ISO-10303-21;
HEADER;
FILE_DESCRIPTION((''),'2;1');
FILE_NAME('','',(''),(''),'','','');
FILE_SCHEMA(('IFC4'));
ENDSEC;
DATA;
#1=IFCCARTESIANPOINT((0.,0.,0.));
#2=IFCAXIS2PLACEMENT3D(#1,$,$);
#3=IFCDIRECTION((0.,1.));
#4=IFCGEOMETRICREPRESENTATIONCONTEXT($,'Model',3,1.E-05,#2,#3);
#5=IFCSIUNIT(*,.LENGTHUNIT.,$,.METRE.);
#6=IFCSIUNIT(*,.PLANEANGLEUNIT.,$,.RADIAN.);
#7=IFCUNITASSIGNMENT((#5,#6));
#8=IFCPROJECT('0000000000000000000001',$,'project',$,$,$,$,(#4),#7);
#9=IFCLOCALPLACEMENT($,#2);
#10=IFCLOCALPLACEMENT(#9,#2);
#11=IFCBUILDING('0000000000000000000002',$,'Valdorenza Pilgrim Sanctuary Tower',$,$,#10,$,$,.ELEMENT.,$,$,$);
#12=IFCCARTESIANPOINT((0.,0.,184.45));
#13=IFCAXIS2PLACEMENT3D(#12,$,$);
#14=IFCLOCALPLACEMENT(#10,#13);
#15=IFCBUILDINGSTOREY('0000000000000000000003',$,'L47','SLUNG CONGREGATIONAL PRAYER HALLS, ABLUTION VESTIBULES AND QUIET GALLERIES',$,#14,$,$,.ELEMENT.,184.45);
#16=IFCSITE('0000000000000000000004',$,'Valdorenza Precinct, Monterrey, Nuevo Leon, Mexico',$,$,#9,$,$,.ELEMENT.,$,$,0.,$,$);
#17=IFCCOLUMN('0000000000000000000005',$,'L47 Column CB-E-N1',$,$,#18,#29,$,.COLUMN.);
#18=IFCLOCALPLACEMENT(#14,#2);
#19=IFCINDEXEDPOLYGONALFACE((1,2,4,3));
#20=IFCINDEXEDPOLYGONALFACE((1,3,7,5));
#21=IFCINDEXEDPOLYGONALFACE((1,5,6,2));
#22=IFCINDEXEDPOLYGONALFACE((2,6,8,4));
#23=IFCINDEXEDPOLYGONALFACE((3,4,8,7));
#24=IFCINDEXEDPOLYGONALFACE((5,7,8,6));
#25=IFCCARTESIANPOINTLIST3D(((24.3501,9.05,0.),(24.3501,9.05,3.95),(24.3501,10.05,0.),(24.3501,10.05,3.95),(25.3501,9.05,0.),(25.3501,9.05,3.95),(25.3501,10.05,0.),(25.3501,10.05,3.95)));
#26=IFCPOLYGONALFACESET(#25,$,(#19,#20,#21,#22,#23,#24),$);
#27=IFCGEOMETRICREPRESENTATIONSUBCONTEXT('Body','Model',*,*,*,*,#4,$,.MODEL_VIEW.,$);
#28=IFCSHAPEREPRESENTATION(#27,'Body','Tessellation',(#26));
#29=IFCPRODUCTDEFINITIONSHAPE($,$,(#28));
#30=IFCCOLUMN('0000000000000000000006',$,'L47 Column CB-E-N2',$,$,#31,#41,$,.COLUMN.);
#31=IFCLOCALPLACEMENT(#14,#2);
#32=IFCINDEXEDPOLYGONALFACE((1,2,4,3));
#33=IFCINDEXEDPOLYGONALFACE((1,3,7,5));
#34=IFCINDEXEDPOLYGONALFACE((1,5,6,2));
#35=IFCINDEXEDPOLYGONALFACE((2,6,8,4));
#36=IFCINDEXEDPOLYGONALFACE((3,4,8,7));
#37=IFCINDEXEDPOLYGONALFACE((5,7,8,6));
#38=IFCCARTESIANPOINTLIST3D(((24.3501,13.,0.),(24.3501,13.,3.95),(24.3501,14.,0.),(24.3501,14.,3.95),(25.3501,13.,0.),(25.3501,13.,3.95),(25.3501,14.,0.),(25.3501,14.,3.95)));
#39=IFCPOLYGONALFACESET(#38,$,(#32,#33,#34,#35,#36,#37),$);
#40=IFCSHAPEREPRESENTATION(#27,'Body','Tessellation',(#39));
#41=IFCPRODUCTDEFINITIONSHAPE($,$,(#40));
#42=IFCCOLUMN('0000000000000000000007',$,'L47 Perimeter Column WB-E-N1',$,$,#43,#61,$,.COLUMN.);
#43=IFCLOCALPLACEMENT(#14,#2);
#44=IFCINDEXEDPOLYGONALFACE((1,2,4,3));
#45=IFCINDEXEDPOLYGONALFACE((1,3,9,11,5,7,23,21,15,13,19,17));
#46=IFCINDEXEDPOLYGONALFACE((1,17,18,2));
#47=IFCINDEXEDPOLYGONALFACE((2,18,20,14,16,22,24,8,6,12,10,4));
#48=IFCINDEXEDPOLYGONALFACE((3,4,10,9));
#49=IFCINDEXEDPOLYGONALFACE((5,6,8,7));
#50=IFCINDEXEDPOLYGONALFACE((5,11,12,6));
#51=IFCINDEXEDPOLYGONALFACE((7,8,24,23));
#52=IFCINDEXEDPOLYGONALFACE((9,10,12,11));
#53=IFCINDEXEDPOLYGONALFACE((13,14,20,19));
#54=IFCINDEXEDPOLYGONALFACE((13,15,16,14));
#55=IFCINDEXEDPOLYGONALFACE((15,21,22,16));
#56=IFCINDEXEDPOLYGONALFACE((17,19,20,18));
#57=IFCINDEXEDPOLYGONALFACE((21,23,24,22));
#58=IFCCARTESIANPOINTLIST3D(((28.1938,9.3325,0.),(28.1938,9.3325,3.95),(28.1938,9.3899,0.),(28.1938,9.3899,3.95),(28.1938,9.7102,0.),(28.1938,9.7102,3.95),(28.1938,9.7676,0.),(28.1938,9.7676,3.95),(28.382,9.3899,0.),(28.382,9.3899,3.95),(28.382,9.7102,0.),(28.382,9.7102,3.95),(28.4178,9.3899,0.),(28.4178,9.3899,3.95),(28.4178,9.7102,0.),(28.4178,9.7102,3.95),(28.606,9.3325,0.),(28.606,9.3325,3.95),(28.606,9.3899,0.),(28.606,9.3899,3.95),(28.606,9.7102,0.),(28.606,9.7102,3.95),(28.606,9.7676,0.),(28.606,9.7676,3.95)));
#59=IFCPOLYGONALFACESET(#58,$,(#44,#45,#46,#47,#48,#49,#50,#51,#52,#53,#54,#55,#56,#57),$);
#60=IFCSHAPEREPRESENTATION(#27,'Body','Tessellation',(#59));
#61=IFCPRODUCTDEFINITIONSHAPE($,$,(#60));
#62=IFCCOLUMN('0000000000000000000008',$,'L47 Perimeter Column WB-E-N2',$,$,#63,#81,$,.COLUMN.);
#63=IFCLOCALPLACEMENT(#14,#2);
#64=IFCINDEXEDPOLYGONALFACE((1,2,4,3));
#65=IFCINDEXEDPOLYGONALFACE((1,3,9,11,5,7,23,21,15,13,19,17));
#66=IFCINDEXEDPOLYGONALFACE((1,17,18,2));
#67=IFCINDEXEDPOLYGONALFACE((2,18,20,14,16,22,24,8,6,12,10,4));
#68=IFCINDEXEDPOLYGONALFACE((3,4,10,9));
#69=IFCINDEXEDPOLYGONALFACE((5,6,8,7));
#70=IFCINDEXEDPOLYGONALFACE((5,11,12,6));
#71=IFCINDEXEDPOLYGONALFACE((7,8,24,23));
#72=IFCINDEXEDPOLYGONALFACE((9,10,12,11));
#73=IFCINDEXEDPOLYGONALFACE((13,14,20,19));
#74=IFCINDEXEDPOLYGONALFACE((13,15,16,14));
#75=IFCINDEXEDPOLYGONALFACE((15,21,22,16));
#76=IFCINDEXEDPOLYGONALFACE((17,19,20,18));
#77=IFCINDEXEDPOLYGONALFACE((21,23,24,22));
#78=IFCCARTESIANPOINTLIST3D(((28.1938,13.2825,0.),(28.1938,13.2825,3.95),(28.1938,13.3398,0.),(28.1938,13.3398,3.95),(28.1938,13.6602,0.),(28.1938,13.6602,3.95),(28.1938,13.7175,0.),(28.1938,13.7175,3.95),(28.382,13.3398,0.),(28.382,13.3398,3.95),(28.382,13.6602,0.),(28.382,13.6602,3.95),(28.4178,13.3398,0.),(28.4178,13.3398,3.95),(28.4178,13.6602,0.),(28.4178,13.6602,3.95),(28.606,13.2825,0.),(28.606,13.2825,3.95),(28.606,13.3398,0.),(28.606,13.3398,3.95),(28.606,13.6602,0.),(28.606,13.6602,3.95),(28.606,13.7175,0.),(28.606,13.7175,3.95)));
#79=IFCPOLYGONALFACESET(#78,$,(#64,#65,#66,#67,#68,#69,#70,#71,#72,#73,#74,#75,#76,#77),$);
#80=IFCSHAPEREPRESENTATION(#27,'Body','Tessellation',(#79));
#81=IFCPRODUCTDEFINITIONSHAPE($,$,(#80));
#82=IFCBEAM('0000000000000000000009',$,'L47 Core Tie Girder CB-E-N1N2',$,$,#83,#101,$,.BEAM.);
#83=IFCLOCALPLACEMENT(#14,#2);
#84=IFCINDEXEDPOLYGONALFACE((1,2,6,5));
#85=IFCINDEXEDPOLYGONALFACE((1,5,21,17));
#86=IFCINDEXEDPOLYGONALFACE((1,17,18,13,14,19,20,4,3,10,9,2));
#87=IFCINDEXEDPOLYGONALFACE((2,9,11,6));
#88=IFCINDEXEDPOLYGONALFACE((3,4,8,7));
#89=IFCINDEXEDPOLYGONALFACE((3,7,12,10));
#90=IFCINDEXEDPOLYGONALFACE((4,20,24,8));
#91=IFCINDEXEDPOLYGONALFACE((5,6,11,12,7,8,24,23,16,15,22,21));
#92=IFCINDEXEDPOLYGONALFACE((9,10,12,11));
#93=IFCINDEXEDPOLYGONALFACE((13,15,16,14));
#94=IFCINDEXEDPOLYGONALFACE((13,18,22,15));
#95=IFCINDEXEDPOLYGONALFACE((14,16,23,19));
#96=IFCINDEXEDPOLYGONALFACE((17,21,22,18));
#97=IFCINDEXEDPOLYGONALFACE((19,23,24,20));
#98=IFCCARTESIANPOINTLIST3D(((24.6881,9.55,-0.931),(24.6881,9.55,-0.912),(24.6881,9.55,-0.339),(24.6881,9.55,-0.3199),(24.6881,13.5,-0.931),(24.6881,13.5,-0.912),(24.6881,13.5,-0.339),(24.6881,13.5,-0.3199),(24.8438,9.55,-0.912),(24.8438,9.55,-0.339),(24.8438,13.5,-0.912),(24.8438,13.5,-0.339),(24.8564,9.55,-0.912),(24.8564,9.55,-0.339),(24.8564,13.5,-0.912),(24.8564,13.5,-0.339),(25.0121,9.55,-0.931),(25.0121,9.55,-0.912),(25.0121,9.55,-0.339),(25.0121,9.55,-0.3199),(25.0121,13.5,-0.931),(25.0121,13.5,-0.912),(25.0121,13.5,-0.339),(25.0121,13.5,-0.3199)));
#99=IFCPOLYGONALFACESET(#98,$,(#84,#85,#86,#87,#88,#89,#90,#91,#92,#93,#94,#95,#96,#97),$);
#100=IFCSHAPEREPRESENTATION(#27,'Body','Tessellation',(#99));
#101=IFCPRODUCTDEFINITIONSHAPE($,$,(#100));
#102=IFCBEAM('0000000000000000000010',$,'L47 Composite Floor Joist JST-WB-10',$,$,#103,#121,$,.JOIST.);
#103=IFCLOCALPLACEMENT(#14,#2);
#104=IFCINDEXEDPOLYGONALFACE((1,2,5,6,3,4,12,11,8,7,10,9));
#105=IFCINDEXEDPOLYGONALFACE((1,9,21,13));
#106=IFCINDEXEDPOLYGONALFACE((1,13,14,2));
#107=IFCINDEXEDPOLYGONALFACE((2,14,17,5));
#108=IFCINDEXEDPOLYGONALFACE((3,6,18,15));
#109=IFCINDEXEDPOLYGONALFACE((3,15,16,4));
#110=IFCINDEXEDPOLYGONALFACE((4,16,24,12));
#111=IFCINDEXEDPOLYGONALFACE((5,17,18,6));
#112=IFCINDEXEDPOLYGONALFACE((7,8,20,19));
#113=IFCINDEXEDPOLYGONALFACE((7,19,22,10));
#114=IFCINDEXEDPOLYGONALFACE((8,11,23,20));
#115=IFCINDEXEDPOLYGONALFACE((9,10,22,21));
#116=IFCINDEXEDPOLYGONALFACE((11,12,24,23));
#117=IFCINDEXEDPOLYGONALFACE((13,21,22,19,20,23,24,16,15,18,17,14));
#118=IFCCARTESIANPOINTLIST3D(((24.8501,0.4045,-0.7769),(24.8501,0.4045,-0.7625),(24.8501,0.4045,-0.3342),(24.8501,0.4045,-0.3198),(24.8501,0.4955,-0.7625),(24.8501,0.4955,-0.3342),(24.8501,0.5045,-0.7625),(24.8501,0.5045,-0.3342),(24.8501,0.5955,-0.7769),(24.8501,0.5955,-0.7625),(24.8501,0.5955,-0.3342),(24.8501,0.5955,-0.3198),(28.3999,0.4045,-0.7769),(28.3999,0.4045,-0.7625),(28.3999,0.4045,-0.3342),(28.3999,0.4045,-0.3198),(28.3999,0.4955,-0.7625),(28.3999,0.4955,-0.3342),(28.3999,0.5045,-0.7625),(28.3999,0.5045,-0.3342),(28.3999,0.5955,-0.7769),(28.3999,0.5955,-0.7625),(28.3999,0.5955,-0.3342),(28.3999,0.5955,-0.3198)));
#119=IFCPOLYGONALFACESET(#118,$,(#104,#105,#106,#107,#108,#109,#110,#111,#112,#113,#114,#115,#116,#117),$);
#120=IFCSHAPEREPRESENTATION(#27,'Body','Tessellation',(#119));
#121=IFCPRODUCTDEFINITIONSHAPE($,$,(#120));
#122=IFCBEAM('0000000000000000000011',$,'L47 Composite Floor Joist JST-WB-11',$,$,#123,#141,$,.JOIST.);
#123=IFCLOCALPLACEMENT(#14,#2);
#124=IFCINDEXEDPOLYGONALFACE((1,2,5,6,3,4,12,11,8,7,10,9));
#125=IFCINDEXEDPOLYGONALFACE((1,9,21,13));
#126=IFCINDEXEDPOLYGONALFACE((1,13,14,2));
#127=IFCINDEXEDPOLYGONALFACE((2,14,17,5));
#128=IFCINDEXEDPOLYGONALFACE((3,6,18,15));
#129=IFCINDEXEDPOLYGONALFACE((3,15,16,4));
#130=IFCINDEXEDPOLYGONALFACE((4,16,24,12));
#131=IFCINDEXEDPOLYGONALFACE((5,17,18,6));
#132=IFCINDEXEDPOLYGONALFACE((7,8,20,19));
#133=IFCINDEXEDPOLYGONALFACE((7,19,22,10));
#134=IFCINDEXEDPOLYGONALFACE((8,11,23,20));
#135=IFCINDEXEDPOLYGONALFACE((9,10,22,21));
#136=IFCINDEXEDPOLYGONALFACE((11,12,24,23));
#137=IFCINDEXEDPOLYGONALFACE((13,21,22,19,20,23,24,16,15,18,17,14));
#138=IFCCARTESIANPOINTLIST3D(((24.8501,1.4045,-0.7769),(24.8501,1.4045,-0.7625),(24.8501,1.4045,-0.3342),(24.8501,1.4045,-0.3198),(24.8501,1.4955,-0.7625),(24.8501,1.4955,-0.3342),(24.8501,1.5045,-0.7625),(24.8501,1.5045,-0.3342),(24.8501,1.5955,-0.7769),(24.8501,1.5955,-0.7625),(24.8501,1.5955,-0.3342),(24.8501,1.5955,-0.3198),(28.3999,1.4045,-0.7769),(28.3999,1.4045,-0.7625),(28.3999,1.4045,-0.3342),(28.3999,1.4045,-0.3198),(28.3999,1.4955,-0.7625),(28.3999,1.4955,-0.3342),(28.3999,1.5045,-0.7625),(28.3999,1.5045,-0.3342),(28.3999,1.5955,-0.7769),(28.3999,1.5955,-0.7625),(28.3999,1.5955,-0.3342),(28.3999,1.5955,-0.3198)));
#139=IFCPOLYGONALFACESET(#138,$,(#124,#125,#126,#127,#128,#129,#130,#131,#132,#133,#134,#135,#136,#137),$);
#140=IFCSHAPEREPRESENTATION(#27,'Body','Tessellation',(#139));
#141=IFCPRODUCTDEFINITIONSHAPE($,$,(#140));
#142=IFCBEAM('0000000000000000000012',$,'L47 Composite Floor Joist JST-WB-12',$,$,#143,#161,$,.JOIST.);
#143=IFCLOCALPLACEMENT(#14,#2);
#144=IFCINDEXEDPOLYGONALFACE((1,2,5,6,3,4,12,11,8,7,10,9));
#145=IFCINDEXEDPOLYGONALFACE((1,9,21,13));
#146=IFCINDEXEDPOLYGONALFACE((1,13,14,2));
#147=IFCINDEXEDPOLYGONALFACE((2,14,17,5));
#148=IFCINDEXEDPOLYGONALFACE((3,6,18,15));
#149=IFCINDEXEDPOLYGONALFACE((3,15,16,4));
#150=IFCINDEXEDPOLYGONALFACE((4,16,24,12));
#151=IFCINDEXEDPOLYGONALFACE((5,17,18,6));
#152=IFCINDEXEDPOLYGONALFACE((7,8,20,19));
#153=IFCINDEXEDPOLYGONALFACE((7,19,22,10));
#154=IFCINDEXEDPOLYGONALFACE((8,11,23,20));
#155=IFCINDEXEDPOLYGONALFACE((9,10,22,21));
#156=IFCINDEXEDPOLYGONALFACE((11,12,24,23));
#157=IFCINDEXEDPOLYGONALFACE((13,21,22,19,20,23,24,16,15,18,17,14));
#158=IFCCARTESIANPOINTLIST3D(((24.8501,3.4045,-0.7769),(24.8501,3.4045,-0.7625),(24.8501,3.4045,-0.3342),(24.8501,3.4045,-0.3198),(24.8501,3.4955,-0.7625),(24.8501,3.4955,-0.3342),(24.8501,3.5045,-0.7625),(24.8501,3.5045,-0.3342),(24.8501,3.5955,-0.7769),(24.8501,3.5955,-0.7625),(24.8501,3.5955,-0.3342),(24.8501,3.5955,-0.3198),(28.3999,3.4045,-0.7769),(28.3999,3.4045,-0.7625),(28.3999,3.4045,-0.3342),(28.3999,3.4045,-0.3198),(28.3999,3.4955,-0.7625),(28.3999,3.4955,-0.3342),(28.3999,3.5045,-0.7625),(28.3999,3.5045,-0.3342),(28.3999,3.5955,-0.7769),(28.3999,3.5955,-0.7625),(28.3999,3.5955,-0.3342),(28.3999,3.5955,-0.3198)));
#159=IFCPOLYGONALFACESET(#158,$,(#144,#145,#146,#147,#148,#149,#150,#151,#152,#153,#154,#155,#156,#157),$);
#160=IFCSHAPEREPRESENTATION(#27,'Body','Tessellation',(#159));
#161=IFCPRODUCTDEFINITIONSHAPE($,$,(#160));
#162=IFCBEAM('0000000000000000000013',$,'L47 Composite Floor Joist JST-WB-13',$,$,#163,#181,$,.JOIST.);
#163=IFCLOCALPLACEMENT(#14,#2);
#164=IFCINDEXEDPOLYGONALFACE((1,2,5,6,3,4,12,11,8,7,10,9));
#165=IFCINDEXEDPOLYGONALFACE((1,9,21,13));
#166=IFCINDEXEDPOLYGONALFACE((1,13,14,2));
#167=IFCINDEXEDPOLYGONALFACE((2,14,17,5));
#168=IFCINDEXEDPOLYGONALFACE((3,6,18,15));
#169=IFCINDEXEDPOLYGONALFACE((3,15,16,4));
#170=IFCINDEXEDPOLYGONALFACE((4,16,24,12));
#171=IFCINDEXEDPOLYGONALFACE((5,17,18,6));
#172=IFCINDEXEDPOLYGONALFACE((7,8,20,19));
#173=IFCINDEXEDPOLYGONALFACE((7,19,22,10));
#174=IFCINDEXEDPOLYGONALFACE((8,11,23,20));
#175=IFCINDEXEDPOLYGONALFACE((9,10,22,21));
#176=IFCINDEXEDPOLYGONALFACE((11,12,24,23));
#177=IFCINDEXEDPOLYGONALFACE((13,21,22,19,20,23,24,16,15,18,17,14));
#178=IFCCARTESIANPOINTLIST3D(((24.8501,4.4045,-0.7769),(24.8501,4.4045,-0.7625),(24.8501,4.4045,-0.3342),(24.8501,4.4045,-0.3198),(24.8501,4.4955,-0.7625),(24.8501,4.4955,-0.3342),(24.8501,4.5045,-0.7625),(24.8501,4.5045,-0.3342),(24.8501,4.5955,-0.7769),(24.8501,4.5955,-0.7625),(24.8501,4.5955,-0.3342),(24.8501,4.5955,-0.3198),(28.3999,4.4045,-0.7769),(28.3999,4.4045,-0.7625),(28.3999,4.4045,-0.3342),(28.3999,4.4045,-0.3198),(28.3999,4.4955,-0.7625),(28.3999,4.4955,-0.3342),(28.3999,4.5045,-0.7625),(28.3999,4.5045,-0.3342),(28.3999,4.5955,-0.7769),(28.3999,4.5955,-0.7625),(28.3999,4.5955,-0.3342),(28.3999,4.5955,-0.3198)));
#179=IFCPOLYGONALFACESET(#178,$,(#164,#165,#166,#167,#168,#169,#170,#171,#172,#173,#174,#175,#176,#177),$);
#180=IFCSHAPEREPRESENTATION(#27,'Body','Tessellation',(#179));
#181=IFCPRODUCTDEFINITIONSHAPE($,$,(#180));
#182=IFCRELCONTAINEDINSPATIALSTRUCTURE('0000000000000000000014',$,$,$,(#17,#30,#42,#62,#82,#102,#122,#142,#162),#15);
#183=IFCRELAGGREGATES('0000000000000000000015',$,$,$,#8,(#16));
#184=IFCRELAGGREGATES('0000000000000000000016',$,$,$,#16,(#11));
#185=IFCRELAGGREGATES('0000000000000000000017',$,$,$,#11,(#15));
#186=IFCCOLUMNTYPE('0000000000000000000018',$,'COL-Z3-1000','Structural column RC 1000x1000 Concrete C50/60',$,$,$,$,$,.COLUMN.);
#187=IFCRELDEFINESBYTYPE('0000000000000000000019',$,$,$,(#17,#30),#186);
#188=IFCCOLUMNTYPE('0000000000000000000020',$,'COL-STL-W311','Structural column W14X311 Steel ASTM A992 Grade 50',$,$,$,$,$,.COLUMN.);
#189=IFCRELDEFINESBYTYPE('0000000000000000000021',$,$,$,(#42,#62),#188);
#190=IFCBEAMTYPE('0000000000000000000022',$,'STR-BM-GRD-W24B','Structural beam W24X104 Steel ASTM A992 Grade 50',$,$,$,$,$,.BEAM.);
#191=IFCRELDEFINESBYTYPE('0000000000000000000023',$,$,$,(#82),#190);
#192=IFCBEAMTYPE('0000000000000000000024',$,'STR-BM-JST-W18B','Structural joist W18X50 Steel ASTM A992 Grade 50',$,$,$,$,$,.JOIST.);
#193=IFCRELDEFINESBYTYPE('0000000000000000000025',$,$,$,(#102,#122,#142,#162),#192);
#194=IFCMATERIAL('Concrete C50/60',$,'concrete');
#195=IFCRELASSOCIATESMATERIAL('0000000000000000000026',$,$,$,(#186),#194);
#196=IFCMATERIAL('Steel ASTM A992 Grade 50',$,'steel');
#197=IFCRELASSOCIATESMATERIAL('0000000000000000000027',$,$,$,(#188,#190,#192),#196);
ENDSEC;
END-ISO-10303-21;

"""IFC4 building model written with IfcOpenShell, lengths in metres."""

from ifc_helpers import new_model, si_unit, direction, frame, origin, origin_2d, place, context, subcontext, project, spatial, rectangle, i_section, extrude, source, transform, mapped, material, material_profile, profile_set, type_object, element, save


model = new_model("IFC4")

# Units and contexts
model_context = context("Model", 3, precision=1e-05, world=origin(), true_north=direction((0.0, 1.0)))
body_context = subcontext(model_context, "Body", "Model", "MODEL_VIEW")
ifc_project = project(units=[si_unit("LENGTHUNIT", "METRE"), si_unit("PLANEANGLEUNIT", "RADIAN")], contexts=[model_context])

# Site, building, storey
site_placement = place(None, origin())
site = spatial("IfcSite", under=ifc_project, at=site_placement, Name="Valdorenza Precinct, Monterrey, Nuevo Leon, Mexico", CompositionType="ELEMENT", RefElevation=0.0)
building_placement = place(site_placement, origin())
building = spatial("IfcBuilding", under=site, at=building_placement, Name="Valdorenza Pilgrim Sanctuary Tower", CompositionType="ELEMENT")
storey_placement = place(building_placement, frame((0.0, 0.0, 184.45)))
storey = spatial("IfcBuildingStorey", under=building, at=storey_placement, Name="L47", Description="SLUNG CONGREGATIONAL PRAYER HALLS, ABLUTION VESTIBULES AND QUIET GALLERIES", CompositionType="ELEMENT", Elevation=184.45)

# Columns
ifc_material_1 = material(Name="Concrete C50/60", Category="concrete")
ifc_material_profile_1 = material_profile(ifc_material_1, rectangle(XDim=1.0, YDim=1.0, at=origin_2d()), Name="RC 1000x1000")
ifc_profile_set_1 = profile_set([ifc_material_profile_1], Name="Concrete C50/60")
column_type_1 = type_object("IfcColumnType", Name="COL-Z3-1000", Description="Structural column RC 1000x1000 Concrete C50/60", PredefinedType="COLUMN", material=ifc_profile_set_1)
shared_shape_1 = source(origin(), body_context, "Body", "SweptSolid", [
    extrude(rectangle(XDim=1.0, YDim=1.0, at=origin_2d()), origin(), (0.0, 0.0, 1.0), 3.95),
])
for number, where, z_axis, x_axis, name in (
    (1, (24.8501, 9.55, 0.0), (0.0, 0.0, 1.0), (1.0, 0.0, 0.0), "L47 Column CB-E-N1"),
    (2, (24.8501, 13.5, 0.0), (0.0, 0.0, 1.0), (1.0, 0.0, 0.0), "L47 Column CB-E-N2"),
):
    element("IfcColumn", number, at=place(storey_placement, frame(where, z_axis=z_axis, x_axis=x_axis)), inside=storey, type_object=column_type_1, Name=name, PredefinedType="COLUMN", context=body_context, shape_type="MappedRepresentation", body=[
        mapped(shared_shape_1, transform((0.0, 0.0, 0.0), x_axis=(1.0, 0.0, 0.0), y_axis=(0.0, 1.0, 0.0), z_axis=(0.0, 0.0, 1.0), scale=1.0)),
    ])
ifc_material_2 = material(Name="Steel ASTM A992 Grade 50", Category="steel")
ifc_material_profile_2 = material_profile(ifc_material_2, i_section(OverallWidth=0.4121, OverallDepth=0.4351, WebThickness=0.0359, FlangeThickness=0.0574, at=origin_2d()), Name="W14X311")
ifc_profile_set_2 = profile_set([ifc_material_profile_2], Name="Steel ASTM A992 Grade 50")
column_type_2 = type_object("IfcColumnType", Name="COL-STL-W311", Description="Structural column W14X311 Steel ASTM A992 Grade 50", PredefinedType="COLUMN", material=ifc_profile_set_2)
shared_shape_2 = source(origin(), body_context, "Body", "SweptSolid", [
    extrude(i_section(OverallWidth=0.4121, OverallDepth=0.4351, WebThickness=0.0359, FlangeThickness=0.0574, at=origin_2d()), origin(), (0.0, 0.0, 1.0), 3.95),
])
for number, where, z_axis, x_axis, name in (
    (3, (28.3999, 9.55, 0.0), (0.0, 0.0, 1.0), (1.0, 0.0, 0.0), "L47 Perimeter Column WB-E-N1"),
    (4, (28.3999, 13.5, 0.0), (0.0, 0.0, 1.0), (1.0, 0.0, 0.0), "L47 Perimeter Column WB-E-N2"),
):
    element("IfcColumn", number, at=place(storey_placement, frame(where, z_axis=z_axis, x_axis=x_axis)), inside=storey, type_object=column_type_2, Name=name, PredefinedType="COLUMN", context=body_context, shape_type="MappedRepresentation", body=[
        mapped(shared_shape_2, transform((0.0, 0.0, 0.0), x_axis=(1.0, 0.0, 0.0), y_axis=(0.0, 1.0, 0.0), z_axis=(0.0, 0.0, 1.0), scale=1.0)),
    ])

# Beams
ifc_material_profile_3 = material_profile(ifc_material_2, i_section(OverallWidth=0.324, OverallDepth=0.6111, WebThickness=0.0127, FlangeThickness=0.019, at=origin_2d()), Name="W24X104")
ifc_profile_set_3 = profile_set([ifc_material_profile_3], Name="Steel ASTM A992 Grade 50")
beam_type_1 = type_object("IfcBeamType", Name="STR-BM-GRD-W24B", Description="Structural beam W24X104 Steel ASTM A992 Grade 50", PredefinedType="BEAM", material=ifc_profile_set_3)
shared_shape_3 = source(origin(), body_context, "Body", "SweptSolid", [
    extrude(i_section(OverallWidth=0.324, OverallDepth=0.6111, WebThickness=0.0127, FlangeThickness=0.019, at=origin_2d()), origin(), (0.0, 0.0, 1.0), 3.95),
])
beam_1_placement = place(storey_placement, frame((24.8501, 9.55, -0.6255), z_axis=(0.0, 1.0, 0.0), x_axis=(-1.0, 0.0, 0.0)))
element("IfcBeam", 5, at=beam_1_placement, inside=storey, type_object=beam_type_1, Name="L47 Core Tie Girder CB-E-N1N2", PredefinedType="BEAM", context=body_context, shape_type="MappedRepresentation", body=[
    mapped(shared_shape_3, transform((0.0, 0.0, 0.0), x_axis=(1.0, 0.0, 0.0), y_axis=(0.0, 1.0, 0.0), z_axis=(0.0, 0.0, 1.0), scale=1.0)),
])
ifc_material_profile_4 = material_profile(ifc_material_2, i_section(OverallWidth=0.1909, OverallDepth=0.457, WebThickness=0.009, FlangeThickness=0.0144, at=origin_2d()), Name="W18X50")
ifc_profile_set_4 = profile_set([ifc_material_profile_4], Name="Steel ASTM A992 Grade 50")
beam_type_2 = type_object("IfcBeamType", Name="STR-BM-JST-W18B", Description="Structural joist W18X50 Steel ASTM A992 Grade 50", PredefinedType="JOIST", material=ifc_profile_set_4)
shared_shape_4 = source(origin(), body_context, "Body", "SweptSolid", [
    extrude(i_section(OverallWidth=0.1909, OverallDepth=0.457, WebThickness=0.009, FlangeThickness=0.0144, at=origin_2d()), origin(), (0.0, 0.0, 1.0), 3.5498),
])
for number, where, z_axis, x_axis, name in (
    (6, (24.8501, 0.5, -0.5483), (1.0, 0.0, 0.0), (0.0, 1.0, 0.0), "L47 Composite Floor Joist JST-WB-10"),
    (7, (24.8501, 1.5, -0.5483), (1.0, 0.0, 0.0), (0.0, 1.0, 0.0), "L47 Composite Floor Joist JST-WB-11"),
    (8, (24.8501, 3.5, -0.5483), (1.0, 0.0, 0.0), (0.0, 1.0, 0.0), "L47 Composite Floor Joist JST-WB-12"),
    (9, (24.8501, 4.5, -0.5483), (1.0, 0.0, 0.0), (0.0, 1.0, 0.0), "L47 Composite Floor Joist JST-WB-13"),
):
    element("IfcBeam", number, at=place(storey_placement, frame(where, z_axis=z_axis, x_axis=x_axis)), inside=storey, type_object=beam_type_2, Name=name, PredefinedType="JOIST", context=body_context, shape_type="MappedRepresentation", body=[
        mapped(shared_shape_4, transform((0.0, 0.0, 0.0), x_axis=(1.0, 0.0, 0.0), y_axis=(0.0, 1.0, 0.0), z_axis=(0.0, 0.0, 1.0), scale=1.0)),
    ])

save(model, "model.ifc")
